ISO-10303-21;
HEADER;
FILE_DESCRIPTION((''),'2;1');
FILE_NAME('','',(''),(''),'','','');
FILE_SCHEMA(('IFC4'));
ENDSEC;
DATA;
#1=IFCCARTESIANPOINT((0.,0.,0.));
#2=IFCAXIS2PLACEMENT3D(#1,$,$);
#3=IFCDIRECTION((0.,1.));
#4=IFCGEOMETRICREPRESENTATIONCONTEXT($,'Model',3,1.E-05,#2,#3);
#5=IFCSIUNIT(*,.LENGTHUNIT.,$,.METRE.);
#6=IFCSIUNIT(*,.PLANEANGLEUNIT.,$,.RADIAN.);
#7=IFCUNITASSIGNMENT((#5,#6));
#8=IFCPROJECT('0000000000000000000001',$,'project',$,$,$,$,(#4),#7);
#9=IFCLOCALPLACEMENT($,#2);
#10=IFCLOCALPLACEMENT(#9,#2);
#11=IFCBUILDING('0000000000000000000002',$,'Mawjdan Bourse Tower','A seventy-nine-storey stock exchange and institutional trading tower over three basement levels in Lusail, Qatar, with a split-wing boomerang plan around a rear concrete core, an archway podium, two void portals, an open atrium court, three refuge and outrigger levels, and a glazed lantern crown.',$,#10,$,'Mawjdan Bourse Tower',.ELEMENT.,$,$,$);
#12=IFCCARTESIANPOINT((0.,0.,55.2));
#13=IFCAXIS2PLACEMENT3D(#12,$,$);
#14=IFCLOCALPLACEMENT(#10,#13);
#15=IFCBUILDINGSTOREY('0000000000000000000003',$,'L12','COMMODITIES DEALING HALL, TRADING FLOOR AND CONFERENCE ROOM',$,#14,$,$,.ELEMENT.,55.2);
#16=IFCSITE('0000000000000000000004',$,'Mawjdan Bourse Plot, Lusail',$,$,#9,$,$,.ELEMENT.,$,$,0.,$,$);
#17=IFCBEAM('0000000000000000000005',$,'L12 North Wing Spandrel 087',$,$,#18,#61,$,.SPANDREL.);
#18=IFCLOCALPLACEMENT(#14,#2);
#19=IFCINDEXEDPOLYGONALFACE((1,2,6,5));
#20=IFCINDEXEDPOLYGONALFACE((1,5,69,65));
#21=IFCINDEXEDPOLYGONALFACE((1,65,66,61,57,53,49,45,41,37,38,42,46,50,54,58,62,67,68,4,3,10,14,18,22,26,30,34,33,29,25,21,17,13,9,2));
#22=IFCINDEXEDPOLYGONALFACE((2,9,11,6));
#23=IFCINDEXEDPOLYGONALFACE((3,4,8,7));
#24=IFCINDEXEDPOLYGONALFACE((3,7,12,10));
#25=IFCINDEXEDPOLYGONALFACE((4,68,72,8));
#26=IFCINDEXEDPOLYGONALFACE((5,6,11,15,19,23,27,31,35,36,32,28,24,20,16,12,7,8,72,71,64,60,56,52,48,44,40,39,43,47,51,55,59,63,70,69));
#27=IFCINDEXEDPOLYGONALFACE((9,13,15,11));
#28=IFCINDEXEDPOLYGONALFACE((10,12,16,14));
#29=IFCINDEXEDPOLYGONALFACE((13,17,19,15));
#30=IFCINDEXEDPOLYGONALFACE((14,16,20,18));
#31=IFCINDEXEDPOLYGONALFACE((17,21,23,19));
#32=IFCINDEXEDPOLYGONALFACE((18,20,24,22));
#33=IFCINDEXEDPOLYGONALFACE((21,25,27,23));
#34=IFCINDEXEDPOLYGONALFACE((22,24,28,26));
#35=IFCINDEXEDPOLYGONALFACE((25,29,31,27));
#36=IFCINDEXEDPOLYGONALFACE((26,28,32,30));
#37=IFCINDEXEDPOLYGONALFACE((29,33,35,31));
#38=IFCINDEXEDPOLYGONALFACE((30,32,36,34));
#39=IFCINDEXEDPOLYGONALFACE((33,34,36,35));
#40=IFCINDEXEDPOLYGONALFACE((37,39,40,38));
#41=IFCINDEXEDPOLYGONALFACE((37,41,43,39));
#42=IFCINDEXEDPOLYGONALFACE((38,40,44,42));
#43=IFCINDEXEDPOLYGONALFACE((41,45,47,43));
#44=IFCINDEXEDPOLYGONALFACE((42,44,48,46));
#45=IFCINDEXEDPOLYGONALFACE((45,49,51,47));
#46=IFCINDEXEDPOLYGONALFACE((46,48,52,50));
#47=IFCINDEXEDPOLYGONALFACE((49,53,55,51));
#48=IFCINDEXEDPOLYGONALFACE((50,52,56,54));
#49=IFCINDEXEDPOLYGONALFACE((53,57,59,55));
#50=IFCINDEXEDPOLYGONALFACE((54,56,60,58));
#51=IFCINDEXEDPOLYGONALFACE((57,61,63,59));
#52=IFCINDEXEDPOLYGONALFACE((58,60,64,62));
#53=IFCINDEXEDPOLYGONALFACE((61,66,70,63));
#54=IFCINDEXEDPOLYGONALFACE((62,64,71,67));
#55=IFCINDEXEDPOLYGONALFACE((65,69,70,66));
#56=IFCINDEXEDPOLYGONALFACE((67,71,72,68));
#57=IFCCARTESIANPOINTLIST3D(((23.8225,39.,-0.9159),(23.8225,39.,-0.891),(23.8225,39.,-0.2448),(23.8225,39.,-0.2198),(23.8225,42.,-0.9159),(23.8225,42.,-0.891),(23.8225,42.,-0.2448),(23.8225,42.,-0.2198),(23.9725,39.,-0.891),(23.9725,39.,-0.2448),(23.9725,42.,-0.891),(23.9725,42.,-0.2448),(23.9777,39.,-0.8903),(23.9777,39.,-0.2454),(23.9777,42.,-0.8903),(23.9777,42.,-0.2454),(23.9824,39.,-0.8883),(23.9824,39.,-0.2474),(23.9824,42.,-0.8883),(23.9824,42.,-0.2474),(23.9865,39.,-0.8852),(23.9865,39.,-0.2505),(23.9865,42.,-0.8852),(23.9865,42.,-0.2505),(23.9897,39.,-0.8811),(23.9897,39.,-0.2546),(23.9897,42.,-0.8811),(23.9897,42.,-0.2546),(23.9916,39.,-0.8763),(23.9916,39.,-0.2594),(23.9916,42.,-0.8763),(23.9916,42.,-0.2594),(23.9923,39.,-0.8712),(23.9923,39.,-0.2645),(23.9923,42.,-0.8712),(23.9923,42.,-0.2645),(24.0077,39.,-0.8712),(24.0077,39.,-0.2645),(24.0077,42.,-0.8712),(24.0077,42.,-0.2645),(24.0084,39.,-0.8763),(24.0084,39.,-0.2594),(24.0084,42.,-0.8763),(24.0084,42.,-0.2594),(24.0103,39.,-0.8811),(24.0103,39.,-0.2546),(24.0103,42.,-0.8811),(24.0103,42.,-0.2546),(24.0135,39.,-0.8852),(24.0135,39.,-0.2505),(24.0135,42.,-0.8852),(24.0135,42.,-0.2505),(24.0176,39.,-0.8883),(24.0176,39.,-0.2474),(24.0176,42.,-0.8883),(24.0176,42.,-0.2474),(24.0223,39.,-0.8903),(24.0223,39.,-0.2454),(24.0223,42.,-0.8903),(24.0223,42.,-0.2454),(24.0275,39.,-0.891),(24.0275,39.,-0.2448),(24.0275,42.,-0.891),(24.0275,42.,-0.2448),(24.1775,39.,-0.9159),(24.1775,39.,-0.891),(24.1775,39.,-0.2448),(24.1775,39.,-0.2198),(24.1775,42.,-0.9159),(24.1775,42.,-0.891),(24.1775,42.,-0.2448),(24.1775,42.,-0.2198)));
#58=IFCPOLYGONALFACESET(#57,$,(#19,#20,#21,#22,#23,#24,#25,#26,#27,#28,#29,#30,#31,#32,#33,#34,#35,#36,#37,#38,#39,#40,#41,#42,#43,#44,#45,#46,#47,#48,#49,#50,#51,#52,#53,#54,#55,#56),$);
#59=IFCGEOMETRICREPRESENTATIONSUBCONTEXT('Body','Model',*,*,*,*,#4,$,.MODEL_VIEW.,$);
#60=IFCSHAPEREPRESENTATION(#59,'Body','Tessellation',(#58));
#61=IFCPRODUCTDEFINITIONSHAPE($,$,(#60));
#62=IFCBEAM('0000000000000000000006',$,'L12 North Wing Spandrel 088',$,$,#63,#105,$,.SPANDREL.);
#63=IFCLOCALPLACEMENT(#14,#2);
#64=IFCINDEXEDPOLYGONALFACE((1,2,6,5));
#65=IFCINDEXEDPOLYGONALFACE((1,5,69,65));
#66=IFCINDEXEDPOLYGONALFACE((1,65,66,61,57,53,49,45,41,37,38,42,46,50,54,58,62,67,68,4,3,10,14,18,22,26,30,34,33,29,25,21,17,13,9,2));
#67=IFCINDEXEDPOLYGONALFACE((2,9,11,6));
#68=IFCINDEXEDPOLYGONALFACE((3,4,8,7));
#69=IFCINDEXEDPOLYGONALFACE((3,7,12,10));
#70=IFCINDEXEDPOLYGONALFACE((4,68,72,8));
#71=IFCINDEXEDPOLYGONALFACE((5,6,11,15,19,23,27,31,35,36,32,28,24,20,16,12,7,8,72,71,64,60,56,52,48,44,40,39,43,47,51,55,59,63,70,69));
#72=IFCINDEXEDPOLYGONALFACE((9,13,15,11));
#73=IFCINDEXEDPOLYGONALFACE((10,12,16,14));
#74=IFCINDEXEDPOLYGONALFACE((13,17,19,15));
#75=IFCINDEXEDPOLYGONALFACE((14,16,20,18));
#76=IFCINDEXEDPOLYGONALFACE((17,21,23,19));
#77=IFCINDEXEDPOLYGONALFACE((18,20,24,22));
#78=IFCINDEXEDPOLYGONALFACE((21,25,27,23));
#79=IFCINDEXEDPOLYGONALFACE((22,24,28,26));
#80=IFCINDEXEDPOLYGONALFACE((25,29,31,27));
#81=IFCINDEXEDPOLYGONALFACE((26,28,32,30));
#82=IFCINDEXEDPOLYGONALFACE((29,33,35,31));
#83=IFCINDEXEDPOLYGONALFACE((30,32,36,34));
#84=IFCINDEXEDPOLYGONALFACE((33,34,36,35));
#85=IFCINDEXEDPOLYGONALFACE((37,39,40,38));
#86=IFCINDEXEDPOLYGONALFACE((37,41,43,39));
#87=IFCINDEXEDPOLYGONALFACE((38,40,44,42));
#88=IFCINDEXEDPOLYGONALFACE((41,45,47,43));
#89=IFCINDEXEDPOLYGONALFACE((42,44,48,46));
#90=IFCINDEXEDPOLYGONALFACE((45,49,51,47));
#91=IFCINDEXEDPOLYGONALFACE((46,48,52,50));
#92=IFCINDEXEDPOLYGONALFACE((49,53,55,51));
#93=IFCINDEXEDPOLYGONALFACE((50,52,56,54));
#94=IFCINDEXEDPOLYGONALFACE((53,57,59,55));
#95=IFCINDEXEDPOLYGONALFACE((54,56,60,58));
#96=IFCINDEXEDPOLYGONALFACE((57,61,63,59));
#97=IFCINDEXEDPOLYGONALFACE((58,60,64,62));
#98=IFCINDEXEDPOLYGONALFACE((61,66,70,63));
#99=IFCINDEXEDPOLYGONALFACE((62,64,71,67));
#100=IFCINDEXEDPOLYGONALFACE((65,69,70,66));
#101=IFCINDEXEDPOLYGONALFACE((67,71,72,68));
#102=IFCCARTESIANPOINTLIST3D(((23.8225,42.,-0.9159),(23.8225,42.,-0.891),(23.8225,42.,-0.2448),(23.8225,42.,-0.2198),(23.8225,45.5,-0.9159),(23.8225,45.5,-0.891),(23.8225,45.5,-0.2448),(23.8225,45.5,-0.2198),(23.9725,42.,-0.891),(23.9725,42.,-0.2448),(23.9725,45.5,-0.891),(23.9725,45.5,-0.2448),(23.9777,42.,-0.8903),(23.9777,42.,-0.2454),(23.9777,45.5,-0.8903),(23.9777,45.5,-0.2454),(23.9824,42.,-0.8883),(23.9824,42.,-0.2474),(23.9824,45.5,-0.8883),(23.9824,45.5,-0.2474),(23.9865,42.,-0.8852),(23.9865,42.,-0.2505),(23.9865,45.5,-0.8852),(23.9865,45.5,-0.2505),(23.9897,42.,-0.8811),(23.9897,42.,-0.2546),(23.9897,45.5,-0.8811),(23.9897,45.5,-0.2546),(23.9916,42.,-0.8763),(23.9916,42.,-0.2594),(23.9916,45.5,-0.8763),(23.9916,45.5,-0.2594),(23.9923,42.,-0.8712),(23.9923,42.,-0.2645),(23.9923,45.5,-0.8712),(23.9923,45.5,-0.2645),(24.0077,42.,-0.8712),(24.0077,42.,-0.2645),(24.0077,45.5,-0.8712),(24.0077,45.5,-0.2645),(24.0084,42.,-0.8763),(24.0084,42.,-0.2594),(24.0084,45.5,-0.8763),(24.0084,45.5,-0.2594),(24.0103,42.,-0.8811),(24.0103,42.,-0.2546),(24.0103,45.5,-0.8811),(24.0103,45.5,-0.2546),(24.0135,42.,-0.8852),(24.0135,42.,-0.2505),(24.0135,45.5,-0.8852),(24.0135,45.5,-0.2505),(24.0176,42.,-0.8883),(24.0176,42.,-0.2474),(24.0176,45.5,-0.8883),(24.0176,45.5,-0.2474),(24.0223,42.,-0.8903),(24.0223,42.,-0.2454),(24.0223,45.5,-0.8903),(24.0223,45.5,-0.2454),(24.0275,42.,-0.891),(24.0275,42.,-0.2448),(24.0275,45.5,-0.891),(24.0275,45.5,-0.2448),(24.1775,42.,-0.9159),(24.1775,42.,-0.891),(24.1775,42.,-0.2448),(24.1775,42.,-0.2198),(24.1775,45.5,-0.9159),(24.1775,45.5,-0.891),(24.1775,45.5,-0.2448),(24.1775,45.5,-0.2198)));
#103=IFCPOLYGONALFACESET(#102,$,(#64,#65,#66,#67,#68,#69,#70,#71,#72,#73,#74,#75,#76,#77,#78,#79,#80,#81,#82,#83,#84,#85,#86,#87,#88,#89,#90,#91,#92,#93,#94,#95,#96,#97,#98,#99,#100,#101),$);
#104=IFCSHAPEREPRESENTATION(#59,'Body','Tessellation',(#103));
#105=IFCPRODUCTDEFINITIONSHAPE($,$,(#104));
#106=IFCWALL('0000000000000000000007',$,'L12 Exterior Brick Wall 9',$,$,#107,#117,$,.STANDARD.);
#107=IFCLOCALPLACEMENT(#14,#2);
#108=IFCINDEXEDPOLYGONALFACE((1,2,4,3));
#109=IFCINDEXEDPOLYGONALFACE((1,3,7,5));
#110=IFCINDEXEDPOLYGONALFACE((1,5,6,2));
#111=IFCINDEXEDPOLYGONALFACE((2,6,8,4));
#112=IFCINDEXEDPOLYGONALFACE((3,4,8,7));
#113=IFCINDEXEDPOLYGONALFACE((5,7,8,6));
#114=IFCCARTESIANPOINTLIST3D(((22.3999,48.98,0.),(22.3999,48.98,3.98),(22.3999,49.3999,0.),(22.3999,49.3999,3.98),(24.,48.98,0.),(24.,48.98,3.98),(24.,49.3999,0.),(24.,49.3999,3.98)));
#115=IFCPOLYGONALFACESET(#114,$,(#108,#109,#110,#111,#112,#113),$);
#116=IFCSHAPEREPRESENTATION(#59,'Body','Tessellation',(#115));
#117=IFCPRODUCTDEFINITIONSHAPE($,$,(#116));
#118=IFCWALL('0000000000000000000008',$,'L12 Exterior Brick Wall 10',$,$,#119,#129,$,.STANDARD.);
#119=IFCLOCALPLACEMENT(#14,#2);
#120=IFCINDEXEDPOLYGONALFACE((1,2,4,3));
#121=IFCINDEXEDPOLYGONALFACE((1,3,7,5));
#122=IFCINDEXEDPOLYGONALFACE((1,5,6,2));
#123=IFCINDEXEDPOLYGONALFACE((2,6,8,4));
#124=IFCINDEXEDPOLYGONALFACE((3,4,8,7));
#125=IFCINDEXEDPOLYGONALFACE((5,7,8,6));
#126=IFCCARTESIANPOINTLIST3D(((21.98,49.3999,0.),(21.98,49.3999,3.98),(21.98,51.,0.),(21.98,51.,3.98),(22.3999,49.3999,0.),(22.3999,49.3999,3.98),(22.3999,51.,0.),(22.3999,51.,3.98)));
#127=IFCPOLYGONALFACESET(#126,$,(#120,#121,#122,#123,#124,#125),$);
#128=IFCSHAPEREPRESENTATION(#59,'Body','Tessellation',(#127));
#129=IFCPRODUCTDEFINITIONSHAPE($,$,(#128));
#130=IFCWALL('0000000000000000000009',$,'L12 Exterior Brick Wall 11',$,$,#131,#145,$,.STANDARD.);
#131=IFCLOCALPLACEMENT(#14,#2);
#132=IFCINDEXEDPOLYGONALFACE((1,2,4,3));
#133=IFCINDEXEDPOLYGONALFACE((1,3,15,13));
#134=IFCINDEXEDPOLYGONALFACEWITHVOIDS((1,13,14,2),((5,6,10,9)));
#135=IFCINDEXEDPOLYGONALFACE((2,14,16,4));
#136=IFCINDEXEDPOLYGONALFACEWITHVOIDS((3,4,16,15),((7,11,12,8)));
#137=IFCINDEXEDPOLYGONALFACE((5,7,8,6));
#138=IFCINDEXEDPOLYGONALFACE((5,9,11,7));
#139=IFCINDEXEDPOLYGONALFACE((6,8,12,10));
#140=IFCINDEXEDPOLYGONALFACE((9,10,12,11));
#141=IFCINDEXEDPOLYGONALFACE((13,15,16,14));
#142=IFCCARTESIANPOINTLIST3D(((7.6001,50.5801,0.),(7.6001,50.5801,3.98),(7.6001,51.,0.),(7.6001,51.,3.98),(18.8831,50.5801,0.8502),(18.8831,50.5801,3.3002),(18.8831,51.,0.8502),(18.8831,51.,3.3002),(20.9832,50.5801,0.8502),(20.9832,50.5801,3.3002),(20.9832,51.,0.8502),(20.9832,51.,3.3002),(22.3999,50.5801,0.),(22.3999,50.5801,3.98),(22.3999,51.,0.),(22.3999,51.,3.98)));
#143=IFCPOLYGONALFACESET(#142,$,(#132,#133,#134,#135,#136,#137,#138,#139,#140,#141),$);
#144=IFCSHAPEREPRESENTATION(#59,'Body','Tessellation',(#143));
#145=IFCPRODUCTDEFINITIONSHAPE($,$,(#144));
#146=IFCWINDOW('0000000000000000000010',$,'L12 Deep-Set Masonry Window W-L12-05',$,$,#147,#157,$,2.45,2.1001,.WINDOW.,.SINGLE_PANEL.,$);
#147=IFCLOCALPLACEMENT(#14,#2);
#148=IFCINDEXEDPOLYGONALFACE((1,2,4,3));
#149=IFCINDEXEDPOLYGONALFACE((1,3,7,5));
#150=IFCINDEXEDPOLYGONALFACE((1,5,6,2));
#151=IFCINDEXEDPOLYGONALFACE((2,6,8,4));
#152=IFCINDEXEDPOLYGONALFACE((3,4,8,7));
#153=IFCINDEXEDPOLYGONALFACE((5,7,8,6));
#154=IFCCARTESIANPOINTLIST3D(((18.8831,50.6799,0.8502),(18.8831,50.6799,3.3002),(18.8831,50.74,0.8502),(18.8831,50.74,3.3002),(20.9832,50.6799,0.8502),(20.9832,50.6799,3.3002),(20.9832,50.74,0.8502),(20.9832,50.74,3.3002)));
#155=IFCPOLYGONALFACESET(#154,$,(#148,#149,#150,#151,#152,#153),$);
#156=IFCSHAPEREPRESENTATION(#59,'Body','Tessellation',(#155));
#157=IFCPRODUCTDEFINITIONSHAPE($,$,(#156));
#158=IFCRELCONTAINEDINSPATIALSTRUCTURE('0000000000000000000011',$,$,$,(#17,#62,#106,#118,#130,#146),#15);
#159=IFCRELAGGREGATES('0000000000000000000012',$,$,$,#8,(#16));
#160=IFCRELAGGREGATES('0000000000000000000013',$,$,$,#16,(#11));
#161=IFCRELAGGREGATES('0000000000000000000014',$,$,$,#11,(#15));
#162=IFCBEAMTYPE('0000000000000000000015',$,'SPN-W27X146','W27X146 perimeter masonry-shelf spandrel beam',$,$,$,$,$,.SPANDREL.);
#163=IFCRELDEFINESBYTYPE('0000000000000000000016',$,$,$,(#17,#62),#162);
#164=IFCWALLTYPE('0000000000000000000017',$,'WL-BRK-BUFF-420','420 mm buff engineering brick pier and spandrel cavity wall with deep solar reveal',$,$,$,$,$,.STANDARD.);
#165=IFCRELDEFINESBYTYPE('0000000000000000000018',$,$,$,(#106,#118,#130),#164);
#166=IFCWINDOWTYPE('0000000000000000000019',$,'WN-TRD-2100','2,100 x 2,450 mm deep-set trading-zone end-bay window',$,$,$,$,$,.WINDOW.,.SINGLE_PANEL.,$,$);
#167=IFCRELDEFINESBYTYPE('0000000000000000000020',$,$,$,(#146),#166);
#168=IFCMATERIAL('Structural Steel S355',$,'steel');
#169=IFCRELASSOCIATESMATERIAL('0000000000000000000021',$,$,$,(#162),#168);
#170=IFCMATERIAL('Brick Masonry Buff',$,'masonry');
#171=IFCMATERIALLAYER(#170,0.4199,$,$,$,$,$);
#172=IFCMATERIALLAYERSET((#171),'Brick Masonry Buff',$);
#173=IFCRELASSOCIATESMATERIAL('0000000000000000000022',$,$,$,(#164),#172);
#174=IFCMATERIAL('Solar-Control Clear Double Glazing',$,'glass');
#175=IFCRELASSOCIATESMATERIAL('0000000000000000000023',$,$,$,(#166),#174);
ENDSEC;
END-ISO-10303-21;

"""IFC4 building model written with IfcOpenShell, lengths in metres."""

from ifc_helpers import new_model, si_unit, direction, frame, frame_2d, origin, origin_2d, place, context, subcontext, project, spatial, rectangle, i_section, extrude, material, layer, layer_set, material_profile, profile_set, type_object, element, fill, save


model = new_model("IFC4")

# Units and contexts
model_context = context("Model", 3, precision=1e-05, world=origin(), true_north=direction((0.0, 1.0)))
body_context = subcontext(model_context, "Body", "Model", "MODEL_VIEW")
ifc_project = project(units=[si_unit("LENGTHUNIT", "METRE"), si_unit("PLANEANGLEUNIT", "RADIAN")], contexts=[model_context])

# Site, building, storey
site_placement = place(None, origin())
site = spatial("IfcSite", under=ifc_project, at=site_placement, Name="Mawjdan Bourse Plot, Lusail", CompositionType="ELEMENT", RefElevation=0.0)
building_placement = place(site_placement, origin())
building = spatial("IfcBuilding", under=site, at=building_placement, Name="Mawjdan Bourse Tower", Description="A seventy-nine-storey stock exchange and institutional trading tower over three basement levels in Lusail, Qatar, with a split-wing boomerang plan around a rear concrete core, an archway podium, two void portals, an open atrium court, three refuge and outrigger levels, and a glazed lantern crown.", LongName="Mawjdan Bourse Tower", CompositionType="ELEMENT")
storey_placement = place(building_placement, frame((0.0, 0.0, 55.2)))
storey = spatial("IfcBuildingStorey", under=building, at=storey_placement, Name="L12", Description="COMMODITIES DEALING HALL, TRADING FLOOR AND CONFERENCE ROOM", CompositionType="ELEMENT", Elevation=55.2)

# Beams
ifc_material_1 = material(Name="Structural Steel S355", Category="steel")
ifc_material_profile_1 = material_profile(ifc_material_1, i_section(OverallWidth=0.355, OverallDepth=0.696, WebThickness=0.0154, FlangeThickness=0.0249, FilletRadius=0.0198, at=origin_2d()), Name="W27X146")
ifc_profile_set_1 = profile_set([ifc_material_profile_1], Name="Structural Steel S355")
beam_type_1 = type_object("IfcBeamType", Name="SPN-W27X146", Description="W27X146 perimeter masonry-shelf spandrel beam", PredefinedType="SPANDREL", material=ifc_profile_set_1)
for number, where, z_axis, x_axis, name in (
    (1, (24.0, 39.0, -0.5679), (0.0, 1.0, 0.0), (-1.0, 0.0, 0.0), "L12 North Wing Spandrel 087"),
):
    element("IfcBeam", number, at=place(storey_placement, frame(where, z_axis=z_axis, x_axis=x_axis)), inside=storey, type_object=beam_type_1, Name=name, PredefinedType="SPANDREL", context=body_context, shape_type="SweptSolid", body=[
        extrude(i_section(OverallWidth=0.355, OverallDepth=0.696, WebThickness=0.0154, FlangeThickness=0.0249, FilletRadius=0.0198, at=origin_2d()), origin(), (0.0, 0.0, 1.0), 3.0),
    ])
beam_1_placement = place(storey_placement, frame((24.0, 42.0, -0.5679), z_axis=(0.0, 1.0, 0.0), x_axis=(-1.0, 0.0, 0.0)))
element("IfcBeam", 2, at=beam_1_placement, inside=storey, type_object=beam_type_1, Name="L12 North Wing Spandrel 088", PredefinedType="SPANDREL", context=body_context, shape_type="SweptSolid", body=[
    extrude(i_section(OverallWidth=0.355, OverallDepth=0.696, WebThickness=0.0154, FlangeThickness=0.0249, FilletRadius=0.0198, at=origin_2d()), origin(), (0.0, 0.0, 1.0), 3.5),
])

# Walls
ifc_material_2 = material(Name="Brick Masonry Buff", Category="masonry")
ifc_layer = layer(ifc_material_2, 0.4199)
ifc_layer_set = layer_set([ifc_layer], Name="Brick Masonry Buff")
wall_type = type_object("IfcWallType", Name="WL-BRK-BUFF-420", Description="420 mm buff engineering brick pier and spandrel cavity wall with deep solar reveal", PredefinedType="STANDARD", material=ifc_layer_set)
for number, where, z_axis, x_axis, name in (
    (3, (24.0, 49.1899, 0.0), (0.0, 0.0, 1.0), (-1.0, 0.0, 0.0), "L12 Exterior Brick Wall 9"),
    (4, (22.1899, 49.3999, 0.0), (0.0, 0.0, 1.0), (0.0, 1.0, 0.0), "L12 Exterior Brick Wall 10"),
):
    element("IfcWall", number, at=place(storey_placement, frame(where, z_axis=z_axis, x_axis=x_axis)), inside=storey, type_object=wall_type, Name=name, PredefinedType="STANDARD", context=body_context, shape_type="SweptSolid", body=[
        extrude(rectangle(XDim=1.6001, YDim=0.4199, at=frame_2d((0.8, 0.0))), origin(), (0.0, 0.0, 1.0), 3.98),
    ])

# Wall, opening, window
wall_placement = place(storey_placement, frame((22.3999, 50.79, 0.0), z_axis=(0.0, 0.0, 1.0), x_axis=(-1.0, 0.0, 0.0)))
wall = element("IfcWall", 5, at=wall_placement, inside=storey, type_object=wall_type, Name="L12 Exterior Brick Wall 11", PredefinedType="STANDARD", context=body_context, shape_type="SweptSolid", body=[
    extrude(rectangle(XDim=14.7998, YDim=0.4199, at=frame_2d((7.3999, 0.0))), origin(), (0.0, 0.0, 1.0), 3.98),
])
opening_placement = place(wall_placement, frame((1.4167, 0.0, 0.8501)))
opening = element("IfcOpeningElement", 6, at=opening_placement, cuts=wall, PredefinedType="OPENING", context=body_context, shape_type="SweptSolid", body=[
    extrude(rectangle(XDim=2.1001, YDim=2.45, at=frame_2d((1.05, 1.2251))), frame((0.0, 0.22, 0.0), z_axis=(0.0, -1.0, 0.0), x_axis=(1.0, 0.0, 0.0)), (0.0, 0.0, 1.0), 0.4399),
])
ifc_material_3 = material(Name="Solar-Control Clear Double Glazing", Category="glass")
window_type = type_object("IfcWindowType", Name="WN-TRD-2100", Description="2,100 x 2,450 mm deep-set trading-zone end-bay window", PartitioningType="SINGLE_PANEL", PredefinedType="WINDOW", material=ifc_material_3)
window_placement = place(opening_placement, origin())
window = element("IfcWindow", 7, at=window_placement, inside=storey, type_object=window_type, Name="L12 Deep-Set Masonry Window W-L12-05", OverallHeight=2.45, OverallWidth=2.1001, PartitioningType="SINGLE_PANEL", PredefinedType="WINDOW", context=body_context, shape_type="SweptSolid", body=[
    extrude(rectangle(XDim=2.1001, YDim=2.45, at=frame_2d((1.05, 1.2251))), frame((0.0, 0.1101, 0.0), z_axis=(0.0, -1.0, 0.0), x_axis=(1.0, 0.0, 0.0)), (0.0, 0.0, 1.0), 0.0601),
])
fill(opening, window)

save(model, "model.ifc")
